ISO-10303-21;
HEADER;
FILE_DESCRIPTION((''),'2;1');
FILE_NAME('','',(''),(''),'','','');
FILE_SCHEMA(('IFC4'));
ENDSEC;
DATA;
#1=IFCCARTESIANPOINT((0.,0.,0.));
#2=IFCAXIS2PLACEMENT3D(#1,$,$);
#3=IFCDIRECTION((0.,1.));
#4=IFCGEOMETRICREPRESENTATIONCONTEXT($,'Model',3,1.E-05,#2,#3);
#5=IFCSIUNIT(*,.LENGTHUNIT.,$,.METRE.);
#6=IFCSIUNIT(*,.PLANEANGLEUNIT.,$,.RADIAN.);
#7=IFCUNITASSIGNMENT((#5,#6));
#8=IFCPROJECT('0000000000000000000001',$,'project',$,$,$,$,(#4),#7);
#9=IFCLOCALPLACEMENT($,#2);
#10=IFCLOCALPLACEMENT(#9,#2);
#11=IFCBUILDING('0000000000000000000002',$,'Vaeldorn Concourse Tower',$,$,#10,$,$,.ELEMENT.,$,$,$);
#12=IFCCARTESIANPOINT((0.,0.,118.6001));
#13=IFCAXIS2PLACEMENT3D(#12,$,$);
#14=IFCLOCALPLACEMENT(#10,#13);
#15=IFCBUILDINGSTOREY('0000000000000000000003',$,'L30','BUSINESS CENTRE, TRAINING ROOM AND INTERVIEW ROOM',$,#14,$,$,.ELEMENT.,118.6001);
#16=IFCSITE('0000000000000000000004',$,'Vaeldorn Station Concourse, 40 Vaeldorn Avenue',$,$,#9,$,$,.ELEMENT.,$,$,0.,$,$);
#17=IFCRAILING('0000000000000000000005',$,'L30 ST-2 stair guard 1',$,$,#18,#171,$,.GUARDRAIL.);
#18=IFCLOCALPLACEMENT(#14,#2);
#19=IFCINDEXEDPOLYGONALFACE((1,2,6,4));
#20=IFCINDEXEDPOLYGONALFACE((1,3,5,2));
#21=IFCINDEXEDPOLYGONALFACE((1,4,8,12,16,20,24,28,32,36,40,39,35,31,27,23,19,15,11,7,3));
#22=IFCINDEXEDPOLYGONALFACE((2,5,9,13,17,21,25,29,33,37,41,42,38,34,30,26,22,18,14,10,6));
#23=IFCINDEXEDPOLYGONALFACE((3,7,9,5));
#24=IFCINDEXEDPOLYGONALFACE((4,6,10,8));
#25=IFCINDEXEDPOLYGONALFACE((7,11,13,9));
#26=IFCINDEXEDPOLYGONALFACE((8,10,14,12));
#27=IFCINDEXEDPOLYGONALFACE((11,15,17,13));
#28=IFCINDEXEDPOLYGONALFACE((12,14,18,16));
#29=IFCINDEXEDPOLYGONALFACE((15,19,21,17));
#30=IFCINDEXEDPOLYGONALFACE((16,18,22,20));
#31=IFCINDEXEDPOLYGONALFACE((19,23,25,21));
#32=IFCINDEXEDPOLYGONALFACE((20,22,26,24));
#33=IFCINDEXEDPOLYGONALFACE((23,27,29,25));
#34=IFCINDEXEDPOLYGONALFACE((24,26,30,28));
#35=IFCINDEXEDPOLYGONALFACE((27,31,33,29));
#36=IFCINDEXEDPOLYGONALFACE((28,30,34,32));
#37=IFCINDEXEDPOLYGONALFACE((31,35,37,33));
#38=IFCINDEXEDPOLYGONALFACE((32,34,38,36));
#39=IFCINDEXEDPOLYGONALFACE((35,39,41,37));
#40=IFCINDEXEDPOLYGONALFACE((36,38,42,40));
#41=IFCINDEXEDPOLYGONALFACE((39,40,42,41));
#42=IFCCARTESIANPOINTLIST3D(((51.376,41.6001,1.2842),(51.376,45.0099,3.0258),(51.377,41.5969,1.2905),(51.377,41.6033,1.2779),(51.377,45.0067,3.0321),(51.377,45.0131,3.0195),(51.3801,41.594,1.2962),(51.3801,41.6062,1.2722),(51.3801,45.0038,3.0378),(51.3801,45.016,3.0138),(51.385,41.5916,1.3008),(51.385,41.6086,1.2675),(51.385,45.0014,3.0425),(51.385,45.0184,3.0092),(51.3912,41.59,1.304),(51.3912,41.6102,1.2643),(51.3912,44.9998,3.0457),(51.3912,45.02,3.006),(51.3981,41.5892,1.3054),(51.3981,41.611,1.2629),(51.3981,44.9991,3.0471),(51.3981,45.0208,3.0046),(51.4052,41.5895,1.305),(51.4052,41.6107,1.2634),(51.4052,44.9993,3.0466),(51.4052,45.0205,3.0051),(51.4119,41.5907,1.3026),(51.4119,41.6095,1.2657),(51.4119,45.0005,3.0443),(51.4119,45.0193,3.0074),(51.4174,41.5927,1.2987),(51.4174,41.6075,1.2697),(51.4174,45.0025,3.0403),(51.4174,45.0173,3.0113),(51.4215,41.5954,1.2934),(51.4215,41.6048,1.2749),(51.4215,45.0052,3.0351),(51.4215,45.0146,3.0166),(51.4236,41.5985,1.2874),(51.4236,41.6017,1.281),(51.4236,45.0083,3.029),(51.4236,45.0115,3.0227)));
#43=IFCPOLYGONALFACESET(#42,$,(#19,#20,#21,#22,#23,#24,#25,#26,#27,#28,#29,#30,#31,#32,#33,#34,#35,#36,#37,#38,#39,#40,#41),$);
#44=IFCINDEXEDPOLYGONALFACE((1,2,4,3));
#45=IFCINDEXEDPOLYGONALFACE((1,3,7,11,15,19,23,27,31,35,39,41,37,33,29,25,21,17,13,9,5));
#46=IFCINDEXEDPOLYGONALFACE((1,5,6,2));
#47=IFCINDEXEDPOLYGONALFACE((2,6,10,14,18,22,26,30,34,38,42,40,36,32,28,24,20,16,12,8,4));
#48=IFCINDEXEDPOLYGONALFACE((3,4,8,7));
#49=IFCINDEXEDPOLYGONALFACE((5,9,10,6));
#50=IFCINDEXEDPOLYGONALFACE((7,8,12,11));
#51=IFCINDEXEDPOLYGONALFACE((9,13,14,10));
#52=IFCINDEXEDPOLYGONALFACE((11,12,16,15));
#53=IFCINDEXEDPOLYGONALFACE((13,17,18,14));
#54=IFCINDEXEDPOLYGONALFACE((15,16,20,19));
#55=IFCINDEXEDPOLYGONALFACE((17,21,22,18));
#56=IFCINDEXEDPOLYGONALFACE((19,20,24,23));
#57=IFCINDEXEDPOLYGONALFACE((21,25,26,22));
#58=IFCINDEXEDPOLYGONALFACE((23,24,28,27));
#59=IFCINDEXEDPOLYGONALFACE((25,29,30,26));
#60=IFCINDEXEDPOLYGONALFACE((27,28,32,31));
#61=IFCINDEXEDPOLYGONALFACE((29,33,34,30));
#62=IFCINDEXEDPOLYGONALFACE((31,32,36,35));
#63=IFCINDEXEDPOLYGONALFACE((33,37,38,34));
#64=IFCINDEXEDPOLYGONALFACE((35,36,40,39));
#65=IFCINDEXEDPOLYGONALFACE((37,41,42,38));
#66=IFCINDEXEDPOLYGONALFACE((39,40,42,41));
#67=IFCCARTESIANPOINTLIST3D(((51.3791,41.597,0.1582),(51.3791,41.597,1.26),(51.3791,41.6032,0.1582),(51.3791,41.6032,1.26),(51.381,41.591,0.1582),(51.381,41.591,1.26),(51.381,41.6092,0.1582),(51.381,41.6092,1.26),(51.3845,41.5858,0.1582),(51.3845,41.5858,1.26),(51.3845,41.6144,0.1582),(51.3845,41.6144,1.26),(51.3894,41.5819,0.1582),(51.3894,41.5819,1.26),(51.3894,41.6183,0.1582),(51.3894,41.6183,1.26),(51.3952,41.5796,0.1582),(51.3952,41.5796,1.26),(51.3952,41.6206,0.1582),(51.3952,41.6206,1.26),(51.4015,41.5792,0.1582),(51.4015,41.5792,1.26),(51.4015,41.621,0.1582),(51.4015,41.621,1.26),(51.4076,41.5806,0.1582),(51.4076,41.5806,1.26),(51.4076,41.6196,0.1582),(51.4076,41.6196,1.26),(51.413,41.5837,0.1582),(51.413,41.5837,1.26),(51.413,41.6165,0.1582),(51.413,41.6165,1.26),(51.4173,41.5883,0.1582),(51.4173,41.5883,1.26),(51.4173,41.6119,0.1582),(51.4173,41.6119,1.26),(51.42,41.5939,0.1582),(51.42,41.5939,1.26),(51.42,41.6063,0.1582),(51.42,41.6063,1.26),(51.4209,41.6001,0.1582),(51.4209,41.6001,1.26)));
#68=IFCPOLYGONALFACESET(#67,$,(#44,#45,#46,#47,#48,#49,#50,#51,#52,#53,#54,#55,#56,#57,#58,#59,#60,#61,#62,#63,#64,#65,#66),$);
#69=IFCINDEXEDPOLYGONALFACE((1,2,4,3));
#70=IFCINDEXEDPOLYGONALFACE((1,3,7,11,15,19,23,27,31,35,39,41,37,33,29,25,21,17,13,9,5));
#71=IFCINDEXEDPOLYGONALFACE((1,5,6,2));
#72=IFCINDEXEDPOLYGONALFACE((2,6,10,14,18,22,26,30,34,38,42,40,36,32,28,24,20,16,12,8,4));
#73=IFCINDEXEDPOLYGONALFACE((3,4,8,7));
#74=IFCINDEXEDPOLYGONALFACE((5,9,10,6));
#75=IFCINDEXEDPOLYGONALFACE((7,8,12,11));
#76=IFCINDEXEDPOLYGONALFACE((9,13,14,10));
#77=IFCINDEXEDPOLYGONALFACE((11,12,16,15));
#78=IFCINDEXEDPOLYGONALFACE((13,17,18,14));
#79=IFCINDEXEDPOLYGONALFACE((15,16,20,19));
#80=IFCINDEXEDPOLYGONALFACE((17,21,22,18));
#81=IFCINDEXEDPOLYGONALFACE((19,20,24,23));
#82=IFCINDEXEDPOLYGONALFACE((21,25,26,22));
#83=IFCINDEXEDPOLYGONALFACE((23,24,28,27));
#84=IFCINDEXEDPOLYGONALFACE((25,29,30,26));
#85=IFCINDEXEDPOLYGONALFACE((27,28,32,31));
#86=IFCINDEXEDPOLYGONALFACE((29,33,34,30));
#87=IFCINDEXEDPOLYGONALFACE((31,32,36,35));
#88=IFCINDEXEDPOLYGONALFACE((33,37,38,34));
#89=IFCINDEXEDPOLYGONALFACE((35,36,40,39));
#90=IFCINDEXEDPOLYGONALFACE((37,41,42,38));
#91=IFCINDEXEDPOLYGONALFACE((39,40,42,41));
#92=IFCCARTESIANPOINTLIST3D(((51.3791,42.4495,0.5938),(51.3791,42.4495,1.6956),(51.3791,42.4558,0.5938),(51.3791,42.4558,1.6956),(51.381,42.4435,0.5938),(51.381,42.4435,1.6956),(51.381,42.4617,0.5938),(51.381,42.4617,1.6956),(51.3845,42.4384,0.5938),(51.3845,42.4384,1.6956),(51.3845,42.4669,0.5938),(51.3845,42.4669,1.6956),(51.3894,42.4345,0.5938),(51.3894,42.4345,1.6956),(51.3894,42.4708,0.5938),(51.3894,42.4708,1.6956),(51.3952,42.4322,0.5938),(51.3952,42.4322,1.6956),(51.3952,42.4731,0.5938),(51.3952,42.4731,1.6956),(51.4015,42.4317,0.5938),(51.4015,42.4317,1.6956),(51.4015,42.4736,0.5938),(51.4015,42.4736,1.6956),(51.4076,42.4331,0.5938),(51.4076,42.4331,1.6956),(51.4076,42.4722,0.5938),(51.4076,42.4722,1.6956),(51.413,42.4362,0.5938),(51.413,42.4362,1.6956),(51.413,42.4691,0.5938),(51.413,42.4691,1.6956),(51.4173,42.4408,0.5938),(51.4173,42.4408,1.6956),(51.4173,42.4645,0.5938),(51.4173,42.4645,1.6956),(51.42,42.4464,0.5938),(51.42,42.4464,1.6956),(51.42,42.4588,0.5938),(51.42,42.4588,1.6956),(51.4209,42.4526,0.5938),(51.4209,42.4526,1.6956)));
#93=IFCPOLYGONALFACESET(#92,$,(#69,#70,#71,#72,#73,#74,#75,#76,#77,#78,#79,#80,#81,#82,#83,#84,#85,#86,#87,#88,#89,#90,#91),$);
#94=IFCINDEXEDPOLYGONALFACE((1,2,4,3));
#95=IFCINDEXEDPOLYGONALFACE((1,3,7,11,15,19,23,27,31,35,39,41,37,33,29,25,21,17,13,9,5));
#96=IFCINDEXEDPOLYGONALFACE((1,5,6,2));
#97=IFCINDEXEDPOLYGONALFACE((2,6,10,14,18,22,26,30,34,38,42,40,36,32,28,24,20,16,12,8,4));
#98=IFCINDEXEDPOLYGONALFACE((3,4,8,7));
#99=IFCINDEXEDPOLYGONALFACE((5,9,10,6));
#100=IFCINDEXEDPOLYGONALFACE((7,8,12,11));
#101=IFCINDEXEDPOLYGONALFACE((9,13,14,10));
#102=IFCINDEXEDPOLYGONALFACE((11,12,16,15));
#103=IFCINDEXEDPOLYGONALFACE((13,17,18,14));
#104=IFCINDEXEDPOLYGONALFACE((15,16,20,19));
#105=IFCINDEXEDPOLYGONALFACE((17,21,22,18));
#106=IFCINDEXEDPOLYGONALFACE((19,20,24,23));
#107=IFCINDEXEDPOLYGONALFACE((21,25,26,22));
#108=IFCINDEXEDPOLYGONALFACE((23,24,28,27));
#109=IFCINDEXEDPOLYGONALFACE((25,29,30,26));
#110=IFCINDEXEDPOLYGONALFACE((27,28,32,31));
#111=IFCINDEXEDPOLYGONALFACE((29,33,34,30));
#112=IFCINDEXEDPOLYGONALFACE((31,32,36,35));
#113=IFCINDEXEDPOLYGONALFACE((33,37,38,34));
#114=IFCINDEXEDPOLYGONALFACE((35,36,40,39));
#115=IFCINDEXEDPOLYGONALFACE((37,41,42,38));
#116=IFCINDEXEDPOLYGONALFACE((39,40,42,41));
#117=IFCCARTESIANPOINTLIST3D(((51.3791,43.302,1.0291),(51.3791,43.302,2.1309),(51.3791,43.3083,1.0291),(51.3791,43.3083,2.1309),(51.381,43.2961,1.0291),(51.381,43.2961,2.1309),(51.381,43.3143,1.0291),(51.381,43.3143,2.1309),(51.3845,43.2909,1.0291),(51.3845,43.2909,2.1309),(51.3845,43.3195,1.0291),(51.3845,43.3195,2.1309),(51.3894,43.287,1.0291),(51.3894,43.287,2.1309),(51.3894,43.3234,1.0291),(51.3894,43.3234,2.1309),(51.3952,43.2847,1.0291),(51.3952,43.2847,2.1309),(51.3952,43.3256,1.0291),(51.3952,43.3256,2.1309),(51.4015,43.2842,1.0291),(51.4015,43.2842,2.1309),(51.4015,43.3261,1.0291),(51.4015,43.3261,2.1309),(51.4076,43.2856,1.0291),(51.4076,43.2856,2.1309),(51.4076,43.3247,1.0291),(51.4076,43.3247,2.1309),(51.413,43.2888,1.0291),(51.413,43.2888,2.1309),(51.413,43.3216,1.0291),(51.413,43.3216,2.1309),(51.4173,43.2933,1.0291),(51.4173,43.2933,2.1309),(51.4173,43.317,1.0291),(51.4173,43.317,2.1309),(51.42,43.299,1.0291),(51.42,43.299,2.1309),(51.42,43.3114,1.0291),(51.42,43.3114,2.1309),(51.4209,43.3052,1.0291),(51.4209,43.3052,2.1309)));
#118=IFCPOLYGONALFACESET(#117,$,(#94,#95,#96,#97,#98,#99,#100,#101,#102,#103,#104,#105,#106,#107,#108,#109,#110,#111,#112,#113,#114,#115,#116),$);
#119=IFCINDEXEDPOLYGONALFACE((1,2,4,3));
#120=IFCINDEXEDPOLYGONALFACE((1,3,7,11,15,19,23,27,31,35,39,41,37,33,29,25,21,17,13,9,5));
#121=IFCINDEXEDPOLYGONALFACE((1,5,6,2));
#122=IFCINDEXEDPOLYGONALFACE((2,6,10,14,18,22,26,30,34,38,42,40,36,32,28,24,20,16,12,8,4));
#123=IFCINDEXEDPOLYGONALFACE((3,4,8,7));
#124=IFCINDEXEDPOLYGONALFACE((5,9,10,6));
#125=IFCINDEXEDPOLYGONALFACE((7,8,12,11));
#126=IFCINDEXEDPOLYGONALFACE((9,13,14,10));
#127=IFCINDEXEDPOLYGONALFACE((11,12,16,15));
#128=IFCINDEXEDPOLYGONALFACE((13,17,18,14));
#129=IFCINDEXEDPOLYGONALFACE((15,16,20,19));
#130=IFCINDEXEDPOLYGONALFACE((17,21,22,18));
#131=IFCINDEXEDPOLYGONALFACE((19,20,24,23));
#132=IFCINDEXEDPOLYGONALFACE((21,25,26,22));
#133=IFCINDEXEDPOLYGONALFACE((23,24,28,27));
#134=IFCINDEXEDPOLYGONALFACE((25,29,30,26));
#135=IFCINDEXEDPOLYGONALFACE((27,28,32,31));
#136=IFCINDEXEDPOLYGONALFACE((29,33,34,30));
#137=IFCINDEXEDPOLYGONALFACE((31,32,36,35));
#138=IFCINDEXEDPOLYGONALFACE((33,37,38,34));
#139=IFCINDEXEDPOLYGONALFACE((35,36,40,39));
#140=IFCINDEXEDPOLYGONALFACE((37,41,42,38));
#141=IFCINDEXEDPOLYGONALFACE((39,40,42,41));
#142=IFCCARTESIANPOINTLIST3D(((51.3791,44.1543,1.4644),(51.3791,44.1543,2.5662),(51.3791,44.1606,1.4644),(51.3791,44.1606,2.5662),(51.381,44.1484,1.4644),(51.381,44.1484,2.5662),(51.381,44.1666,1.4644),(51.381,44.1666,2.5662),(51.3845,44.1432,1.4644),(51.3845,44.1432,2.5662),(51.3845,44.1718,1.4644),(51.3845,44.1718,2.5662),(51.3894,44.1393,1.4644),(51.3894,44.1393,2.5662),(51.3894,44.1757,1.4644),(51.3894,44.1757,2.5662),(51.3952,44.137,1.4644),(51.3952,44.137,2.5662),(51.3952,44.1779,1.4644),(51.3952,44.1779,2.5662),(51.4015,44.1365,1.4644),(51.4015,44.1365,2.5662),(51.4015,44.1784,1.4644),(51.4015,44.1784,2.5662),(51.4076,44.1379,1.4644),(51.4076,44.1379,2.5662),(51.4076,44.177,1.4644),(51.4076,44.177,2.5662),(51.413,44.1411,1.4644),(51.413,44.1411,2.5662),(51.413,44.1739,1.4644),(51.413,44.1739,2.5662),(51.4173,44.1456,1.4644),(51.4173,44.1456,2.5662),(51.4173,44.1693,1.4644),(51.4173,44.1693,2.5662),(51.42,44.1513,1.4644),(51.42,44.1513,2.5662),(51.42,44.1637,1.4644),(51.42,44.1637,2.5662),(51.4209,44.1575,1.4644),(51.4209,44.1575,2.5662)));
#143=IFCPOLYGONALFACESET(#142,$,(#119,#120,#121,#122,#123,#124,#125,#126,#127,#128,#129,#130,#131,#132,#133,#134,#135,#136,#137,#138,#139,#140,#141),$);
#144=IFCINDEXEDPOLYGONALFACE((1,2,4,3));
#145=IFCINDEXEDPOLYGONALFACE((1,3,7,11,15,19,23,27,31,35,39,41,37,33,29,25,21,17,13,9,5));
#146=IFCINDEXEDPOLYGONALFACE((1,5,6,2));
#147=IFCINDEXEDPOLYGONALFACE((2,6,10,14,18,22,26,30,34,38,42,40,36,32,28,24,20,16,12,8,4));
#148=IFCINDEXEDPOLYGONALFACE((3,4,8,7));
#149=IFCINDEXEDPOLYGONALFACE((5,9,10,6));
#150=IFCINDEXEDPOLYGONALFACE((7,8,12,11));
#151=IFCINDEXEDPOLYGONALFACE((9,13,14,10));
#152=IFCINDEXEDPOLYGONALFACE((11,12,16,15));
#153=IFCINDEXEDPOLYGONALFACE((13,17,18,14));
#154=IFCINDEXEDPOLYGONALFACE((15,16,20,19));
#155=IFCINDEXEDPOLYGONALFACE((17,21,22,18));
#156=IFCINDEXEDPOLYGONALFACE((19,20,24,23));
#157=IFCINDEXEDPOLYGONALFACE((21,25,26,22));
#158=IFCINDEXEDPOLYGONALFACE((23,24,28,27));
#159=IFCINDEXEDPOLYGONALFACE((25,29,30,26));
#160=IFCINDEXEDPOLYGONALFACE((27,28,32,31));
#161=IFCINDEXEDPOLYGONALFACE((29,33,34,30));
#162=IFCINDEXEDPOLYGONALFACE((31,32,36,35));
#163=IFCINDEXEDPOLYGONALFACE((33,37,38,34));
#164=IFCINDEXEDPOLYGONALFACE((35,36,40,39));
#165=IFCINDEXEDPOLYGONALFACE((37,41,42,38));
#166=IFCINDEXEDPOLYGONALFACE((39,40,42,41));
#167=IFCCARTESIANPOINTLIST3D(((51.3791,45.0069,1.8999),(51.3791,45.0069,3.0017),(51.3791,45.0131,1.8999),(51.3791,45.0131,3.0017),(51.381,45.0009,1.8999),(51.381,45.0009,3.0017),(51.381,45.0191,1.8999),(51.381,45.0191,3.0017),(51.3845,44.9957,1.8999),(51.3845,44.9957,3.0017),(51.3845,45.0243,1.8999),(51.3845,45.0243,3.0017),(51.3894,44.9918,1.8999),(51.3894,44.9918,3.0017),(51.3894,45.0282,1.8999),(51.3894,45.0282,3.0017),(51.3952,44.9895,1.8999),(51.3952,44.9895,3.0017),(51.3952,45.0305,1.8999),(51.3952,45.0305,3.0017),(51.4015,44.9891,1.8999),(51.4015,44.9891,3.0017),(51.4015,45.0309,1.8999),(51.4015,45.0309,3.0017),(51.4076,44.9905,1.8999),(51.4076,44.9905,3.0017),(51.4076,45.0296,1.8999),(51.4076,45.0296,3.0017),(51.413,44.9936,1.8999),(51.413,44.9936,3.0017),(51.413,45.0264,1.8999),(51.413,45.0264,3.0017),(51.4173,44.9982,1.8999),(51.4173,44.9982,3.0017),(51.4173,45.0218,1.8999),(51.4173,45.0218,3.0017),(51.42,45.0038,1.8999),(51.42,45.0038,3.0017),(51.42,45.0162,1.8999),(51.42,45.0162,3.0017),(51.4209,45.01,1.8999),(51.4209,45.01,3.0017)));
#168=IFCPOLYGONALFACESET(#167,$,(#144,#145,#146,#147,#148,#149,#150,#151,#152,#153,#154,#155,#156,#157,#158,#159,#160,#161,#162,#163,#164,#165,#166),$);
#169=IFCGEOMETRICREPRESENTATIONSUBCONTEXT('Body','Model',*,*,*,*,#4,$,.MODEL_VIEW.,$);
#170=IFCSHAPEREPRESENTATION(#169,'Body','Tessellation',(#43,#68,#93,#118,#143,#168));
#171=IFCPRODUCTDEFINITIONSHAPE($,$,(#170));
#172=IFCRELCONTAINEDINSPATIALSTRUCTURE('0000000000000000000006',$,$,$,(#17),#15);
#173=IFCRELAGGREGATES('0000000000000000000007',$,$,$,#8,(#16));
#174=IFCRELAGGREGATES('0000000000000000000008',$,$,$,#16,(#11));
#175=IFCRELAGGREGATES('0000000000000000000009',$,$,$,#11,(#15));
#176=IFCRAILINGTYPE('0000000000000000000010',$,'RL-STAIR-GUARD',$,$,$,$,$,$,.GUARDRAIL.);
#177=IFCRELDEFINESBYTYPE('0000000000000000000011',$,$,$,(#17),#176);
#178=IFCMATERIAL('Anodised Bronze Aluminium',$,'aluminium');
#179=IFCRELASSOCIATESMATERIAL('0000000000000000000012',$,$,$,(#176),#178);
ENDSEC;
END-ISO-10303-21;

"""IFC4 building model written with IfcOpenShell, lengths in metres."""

from ifc_helpers import new_model, si_unit, direction, frame, origin, origin_2d, place, context, subcontext, project, spatial, circle, extrude, material, type_object, element, save


model = new_model("IFC4")

# Units and contexts
model_context = context("Model", 3, precision=1e-05, world=origin(), true_north=direction((0.0, 1.0)))
body_context = subcontext(model_context, "Body", "Model", "MODEL_VIEW")
ifc_project = project(units=[si_unit("LENGTHUNIT", "METRE"), si_unit("PLANEANGLEUNIT", "RADIAN")], contexts=[model_context])

# Site, building, storey
site_placement = place(None, origin())
site = spatial("IfcSite", under=ifc_project, at=site_placement, Name="Vaeldorn Station Concourse, 40 Vaeldorn Avenue", CompositionType="ELEMENT", RefElevation=0.0)
building_placement = place(site_placement, origin())
building = spatial("IfcBuilding", under=site, at=building_placement, Name="Vaeldorn Concourse Tower", CompositionType="ELEMENT")
storey_placement = place(building_placement, frame((0.0, 0.0, 118.6001)))
storey = spatial("IfcBuildingStorey", under=building, at=storey_placement, Name="L30", Description="BUSINESS CENTRE, TRAINING ROOM AND INTERVIEW ROOM", CompositionType="ELEMENT", Elevation=118.6001)

# Shared definitions
ifc_material_1 = material(Name="Anodised Bronze Aluminium", Category="aluminium")

# Railing
railing_type_1 = type_object("IfcRailingType", Name="RL-STAIR-GUARD", PredefinedType="GUARDRAIL", material=ifc_material_1)
railing_1_placement = place(storey_placement, frame((51.3999, 41.6001, 0.1582)))
element("IfcRailing", 1, at=railing_1_placement, inside=storey, type_object=railing_type_1, Name="L30 ST-2 stair guard 1", PredefinedType="GUARDRAIL", context=body_context, shape_type="SweptSolid", body=[
    extrude(circle(Radius=0.0239, at=origin_2d()), frame((0.0, 0.0, 1.126), z_axis=(0.0, 0.890556, 0.454874), x_axis=(-1.0, 0.0, 0.0)), (0.0, 0.0, 1.0), 3.8289),
    extrude(circle(Radius=0.021, at=origin_2d()), origin(), (0.0, 0.0, 1.0), 1.1018),
    extrude(circle(Radius=0.021, at=origin_2d()), frame((0.0, 0.8525, 0.4355)), (0.0, 0.0, 1.0), 1.1018),
    extrude(circle(Radius=0.021, at=origin_2d()), frame((0.0, 1.7051, 0.8708)), (0.0, 0.0, 1.0), 1.1018),
    extrude(circle(Radius=0.021, at=origin_2d()), frame((0.0, 2.5574, 1.3062)), (0.0, 0.0, 1.0), 1.1018),
    extrude(circle(Radius=0.021, at=origin_2d()), frame((0.0, 3.4099, 1.7417)), (0.0, 0.0, 1.0), 1.1018),
])

save(model, "model.ifc")
